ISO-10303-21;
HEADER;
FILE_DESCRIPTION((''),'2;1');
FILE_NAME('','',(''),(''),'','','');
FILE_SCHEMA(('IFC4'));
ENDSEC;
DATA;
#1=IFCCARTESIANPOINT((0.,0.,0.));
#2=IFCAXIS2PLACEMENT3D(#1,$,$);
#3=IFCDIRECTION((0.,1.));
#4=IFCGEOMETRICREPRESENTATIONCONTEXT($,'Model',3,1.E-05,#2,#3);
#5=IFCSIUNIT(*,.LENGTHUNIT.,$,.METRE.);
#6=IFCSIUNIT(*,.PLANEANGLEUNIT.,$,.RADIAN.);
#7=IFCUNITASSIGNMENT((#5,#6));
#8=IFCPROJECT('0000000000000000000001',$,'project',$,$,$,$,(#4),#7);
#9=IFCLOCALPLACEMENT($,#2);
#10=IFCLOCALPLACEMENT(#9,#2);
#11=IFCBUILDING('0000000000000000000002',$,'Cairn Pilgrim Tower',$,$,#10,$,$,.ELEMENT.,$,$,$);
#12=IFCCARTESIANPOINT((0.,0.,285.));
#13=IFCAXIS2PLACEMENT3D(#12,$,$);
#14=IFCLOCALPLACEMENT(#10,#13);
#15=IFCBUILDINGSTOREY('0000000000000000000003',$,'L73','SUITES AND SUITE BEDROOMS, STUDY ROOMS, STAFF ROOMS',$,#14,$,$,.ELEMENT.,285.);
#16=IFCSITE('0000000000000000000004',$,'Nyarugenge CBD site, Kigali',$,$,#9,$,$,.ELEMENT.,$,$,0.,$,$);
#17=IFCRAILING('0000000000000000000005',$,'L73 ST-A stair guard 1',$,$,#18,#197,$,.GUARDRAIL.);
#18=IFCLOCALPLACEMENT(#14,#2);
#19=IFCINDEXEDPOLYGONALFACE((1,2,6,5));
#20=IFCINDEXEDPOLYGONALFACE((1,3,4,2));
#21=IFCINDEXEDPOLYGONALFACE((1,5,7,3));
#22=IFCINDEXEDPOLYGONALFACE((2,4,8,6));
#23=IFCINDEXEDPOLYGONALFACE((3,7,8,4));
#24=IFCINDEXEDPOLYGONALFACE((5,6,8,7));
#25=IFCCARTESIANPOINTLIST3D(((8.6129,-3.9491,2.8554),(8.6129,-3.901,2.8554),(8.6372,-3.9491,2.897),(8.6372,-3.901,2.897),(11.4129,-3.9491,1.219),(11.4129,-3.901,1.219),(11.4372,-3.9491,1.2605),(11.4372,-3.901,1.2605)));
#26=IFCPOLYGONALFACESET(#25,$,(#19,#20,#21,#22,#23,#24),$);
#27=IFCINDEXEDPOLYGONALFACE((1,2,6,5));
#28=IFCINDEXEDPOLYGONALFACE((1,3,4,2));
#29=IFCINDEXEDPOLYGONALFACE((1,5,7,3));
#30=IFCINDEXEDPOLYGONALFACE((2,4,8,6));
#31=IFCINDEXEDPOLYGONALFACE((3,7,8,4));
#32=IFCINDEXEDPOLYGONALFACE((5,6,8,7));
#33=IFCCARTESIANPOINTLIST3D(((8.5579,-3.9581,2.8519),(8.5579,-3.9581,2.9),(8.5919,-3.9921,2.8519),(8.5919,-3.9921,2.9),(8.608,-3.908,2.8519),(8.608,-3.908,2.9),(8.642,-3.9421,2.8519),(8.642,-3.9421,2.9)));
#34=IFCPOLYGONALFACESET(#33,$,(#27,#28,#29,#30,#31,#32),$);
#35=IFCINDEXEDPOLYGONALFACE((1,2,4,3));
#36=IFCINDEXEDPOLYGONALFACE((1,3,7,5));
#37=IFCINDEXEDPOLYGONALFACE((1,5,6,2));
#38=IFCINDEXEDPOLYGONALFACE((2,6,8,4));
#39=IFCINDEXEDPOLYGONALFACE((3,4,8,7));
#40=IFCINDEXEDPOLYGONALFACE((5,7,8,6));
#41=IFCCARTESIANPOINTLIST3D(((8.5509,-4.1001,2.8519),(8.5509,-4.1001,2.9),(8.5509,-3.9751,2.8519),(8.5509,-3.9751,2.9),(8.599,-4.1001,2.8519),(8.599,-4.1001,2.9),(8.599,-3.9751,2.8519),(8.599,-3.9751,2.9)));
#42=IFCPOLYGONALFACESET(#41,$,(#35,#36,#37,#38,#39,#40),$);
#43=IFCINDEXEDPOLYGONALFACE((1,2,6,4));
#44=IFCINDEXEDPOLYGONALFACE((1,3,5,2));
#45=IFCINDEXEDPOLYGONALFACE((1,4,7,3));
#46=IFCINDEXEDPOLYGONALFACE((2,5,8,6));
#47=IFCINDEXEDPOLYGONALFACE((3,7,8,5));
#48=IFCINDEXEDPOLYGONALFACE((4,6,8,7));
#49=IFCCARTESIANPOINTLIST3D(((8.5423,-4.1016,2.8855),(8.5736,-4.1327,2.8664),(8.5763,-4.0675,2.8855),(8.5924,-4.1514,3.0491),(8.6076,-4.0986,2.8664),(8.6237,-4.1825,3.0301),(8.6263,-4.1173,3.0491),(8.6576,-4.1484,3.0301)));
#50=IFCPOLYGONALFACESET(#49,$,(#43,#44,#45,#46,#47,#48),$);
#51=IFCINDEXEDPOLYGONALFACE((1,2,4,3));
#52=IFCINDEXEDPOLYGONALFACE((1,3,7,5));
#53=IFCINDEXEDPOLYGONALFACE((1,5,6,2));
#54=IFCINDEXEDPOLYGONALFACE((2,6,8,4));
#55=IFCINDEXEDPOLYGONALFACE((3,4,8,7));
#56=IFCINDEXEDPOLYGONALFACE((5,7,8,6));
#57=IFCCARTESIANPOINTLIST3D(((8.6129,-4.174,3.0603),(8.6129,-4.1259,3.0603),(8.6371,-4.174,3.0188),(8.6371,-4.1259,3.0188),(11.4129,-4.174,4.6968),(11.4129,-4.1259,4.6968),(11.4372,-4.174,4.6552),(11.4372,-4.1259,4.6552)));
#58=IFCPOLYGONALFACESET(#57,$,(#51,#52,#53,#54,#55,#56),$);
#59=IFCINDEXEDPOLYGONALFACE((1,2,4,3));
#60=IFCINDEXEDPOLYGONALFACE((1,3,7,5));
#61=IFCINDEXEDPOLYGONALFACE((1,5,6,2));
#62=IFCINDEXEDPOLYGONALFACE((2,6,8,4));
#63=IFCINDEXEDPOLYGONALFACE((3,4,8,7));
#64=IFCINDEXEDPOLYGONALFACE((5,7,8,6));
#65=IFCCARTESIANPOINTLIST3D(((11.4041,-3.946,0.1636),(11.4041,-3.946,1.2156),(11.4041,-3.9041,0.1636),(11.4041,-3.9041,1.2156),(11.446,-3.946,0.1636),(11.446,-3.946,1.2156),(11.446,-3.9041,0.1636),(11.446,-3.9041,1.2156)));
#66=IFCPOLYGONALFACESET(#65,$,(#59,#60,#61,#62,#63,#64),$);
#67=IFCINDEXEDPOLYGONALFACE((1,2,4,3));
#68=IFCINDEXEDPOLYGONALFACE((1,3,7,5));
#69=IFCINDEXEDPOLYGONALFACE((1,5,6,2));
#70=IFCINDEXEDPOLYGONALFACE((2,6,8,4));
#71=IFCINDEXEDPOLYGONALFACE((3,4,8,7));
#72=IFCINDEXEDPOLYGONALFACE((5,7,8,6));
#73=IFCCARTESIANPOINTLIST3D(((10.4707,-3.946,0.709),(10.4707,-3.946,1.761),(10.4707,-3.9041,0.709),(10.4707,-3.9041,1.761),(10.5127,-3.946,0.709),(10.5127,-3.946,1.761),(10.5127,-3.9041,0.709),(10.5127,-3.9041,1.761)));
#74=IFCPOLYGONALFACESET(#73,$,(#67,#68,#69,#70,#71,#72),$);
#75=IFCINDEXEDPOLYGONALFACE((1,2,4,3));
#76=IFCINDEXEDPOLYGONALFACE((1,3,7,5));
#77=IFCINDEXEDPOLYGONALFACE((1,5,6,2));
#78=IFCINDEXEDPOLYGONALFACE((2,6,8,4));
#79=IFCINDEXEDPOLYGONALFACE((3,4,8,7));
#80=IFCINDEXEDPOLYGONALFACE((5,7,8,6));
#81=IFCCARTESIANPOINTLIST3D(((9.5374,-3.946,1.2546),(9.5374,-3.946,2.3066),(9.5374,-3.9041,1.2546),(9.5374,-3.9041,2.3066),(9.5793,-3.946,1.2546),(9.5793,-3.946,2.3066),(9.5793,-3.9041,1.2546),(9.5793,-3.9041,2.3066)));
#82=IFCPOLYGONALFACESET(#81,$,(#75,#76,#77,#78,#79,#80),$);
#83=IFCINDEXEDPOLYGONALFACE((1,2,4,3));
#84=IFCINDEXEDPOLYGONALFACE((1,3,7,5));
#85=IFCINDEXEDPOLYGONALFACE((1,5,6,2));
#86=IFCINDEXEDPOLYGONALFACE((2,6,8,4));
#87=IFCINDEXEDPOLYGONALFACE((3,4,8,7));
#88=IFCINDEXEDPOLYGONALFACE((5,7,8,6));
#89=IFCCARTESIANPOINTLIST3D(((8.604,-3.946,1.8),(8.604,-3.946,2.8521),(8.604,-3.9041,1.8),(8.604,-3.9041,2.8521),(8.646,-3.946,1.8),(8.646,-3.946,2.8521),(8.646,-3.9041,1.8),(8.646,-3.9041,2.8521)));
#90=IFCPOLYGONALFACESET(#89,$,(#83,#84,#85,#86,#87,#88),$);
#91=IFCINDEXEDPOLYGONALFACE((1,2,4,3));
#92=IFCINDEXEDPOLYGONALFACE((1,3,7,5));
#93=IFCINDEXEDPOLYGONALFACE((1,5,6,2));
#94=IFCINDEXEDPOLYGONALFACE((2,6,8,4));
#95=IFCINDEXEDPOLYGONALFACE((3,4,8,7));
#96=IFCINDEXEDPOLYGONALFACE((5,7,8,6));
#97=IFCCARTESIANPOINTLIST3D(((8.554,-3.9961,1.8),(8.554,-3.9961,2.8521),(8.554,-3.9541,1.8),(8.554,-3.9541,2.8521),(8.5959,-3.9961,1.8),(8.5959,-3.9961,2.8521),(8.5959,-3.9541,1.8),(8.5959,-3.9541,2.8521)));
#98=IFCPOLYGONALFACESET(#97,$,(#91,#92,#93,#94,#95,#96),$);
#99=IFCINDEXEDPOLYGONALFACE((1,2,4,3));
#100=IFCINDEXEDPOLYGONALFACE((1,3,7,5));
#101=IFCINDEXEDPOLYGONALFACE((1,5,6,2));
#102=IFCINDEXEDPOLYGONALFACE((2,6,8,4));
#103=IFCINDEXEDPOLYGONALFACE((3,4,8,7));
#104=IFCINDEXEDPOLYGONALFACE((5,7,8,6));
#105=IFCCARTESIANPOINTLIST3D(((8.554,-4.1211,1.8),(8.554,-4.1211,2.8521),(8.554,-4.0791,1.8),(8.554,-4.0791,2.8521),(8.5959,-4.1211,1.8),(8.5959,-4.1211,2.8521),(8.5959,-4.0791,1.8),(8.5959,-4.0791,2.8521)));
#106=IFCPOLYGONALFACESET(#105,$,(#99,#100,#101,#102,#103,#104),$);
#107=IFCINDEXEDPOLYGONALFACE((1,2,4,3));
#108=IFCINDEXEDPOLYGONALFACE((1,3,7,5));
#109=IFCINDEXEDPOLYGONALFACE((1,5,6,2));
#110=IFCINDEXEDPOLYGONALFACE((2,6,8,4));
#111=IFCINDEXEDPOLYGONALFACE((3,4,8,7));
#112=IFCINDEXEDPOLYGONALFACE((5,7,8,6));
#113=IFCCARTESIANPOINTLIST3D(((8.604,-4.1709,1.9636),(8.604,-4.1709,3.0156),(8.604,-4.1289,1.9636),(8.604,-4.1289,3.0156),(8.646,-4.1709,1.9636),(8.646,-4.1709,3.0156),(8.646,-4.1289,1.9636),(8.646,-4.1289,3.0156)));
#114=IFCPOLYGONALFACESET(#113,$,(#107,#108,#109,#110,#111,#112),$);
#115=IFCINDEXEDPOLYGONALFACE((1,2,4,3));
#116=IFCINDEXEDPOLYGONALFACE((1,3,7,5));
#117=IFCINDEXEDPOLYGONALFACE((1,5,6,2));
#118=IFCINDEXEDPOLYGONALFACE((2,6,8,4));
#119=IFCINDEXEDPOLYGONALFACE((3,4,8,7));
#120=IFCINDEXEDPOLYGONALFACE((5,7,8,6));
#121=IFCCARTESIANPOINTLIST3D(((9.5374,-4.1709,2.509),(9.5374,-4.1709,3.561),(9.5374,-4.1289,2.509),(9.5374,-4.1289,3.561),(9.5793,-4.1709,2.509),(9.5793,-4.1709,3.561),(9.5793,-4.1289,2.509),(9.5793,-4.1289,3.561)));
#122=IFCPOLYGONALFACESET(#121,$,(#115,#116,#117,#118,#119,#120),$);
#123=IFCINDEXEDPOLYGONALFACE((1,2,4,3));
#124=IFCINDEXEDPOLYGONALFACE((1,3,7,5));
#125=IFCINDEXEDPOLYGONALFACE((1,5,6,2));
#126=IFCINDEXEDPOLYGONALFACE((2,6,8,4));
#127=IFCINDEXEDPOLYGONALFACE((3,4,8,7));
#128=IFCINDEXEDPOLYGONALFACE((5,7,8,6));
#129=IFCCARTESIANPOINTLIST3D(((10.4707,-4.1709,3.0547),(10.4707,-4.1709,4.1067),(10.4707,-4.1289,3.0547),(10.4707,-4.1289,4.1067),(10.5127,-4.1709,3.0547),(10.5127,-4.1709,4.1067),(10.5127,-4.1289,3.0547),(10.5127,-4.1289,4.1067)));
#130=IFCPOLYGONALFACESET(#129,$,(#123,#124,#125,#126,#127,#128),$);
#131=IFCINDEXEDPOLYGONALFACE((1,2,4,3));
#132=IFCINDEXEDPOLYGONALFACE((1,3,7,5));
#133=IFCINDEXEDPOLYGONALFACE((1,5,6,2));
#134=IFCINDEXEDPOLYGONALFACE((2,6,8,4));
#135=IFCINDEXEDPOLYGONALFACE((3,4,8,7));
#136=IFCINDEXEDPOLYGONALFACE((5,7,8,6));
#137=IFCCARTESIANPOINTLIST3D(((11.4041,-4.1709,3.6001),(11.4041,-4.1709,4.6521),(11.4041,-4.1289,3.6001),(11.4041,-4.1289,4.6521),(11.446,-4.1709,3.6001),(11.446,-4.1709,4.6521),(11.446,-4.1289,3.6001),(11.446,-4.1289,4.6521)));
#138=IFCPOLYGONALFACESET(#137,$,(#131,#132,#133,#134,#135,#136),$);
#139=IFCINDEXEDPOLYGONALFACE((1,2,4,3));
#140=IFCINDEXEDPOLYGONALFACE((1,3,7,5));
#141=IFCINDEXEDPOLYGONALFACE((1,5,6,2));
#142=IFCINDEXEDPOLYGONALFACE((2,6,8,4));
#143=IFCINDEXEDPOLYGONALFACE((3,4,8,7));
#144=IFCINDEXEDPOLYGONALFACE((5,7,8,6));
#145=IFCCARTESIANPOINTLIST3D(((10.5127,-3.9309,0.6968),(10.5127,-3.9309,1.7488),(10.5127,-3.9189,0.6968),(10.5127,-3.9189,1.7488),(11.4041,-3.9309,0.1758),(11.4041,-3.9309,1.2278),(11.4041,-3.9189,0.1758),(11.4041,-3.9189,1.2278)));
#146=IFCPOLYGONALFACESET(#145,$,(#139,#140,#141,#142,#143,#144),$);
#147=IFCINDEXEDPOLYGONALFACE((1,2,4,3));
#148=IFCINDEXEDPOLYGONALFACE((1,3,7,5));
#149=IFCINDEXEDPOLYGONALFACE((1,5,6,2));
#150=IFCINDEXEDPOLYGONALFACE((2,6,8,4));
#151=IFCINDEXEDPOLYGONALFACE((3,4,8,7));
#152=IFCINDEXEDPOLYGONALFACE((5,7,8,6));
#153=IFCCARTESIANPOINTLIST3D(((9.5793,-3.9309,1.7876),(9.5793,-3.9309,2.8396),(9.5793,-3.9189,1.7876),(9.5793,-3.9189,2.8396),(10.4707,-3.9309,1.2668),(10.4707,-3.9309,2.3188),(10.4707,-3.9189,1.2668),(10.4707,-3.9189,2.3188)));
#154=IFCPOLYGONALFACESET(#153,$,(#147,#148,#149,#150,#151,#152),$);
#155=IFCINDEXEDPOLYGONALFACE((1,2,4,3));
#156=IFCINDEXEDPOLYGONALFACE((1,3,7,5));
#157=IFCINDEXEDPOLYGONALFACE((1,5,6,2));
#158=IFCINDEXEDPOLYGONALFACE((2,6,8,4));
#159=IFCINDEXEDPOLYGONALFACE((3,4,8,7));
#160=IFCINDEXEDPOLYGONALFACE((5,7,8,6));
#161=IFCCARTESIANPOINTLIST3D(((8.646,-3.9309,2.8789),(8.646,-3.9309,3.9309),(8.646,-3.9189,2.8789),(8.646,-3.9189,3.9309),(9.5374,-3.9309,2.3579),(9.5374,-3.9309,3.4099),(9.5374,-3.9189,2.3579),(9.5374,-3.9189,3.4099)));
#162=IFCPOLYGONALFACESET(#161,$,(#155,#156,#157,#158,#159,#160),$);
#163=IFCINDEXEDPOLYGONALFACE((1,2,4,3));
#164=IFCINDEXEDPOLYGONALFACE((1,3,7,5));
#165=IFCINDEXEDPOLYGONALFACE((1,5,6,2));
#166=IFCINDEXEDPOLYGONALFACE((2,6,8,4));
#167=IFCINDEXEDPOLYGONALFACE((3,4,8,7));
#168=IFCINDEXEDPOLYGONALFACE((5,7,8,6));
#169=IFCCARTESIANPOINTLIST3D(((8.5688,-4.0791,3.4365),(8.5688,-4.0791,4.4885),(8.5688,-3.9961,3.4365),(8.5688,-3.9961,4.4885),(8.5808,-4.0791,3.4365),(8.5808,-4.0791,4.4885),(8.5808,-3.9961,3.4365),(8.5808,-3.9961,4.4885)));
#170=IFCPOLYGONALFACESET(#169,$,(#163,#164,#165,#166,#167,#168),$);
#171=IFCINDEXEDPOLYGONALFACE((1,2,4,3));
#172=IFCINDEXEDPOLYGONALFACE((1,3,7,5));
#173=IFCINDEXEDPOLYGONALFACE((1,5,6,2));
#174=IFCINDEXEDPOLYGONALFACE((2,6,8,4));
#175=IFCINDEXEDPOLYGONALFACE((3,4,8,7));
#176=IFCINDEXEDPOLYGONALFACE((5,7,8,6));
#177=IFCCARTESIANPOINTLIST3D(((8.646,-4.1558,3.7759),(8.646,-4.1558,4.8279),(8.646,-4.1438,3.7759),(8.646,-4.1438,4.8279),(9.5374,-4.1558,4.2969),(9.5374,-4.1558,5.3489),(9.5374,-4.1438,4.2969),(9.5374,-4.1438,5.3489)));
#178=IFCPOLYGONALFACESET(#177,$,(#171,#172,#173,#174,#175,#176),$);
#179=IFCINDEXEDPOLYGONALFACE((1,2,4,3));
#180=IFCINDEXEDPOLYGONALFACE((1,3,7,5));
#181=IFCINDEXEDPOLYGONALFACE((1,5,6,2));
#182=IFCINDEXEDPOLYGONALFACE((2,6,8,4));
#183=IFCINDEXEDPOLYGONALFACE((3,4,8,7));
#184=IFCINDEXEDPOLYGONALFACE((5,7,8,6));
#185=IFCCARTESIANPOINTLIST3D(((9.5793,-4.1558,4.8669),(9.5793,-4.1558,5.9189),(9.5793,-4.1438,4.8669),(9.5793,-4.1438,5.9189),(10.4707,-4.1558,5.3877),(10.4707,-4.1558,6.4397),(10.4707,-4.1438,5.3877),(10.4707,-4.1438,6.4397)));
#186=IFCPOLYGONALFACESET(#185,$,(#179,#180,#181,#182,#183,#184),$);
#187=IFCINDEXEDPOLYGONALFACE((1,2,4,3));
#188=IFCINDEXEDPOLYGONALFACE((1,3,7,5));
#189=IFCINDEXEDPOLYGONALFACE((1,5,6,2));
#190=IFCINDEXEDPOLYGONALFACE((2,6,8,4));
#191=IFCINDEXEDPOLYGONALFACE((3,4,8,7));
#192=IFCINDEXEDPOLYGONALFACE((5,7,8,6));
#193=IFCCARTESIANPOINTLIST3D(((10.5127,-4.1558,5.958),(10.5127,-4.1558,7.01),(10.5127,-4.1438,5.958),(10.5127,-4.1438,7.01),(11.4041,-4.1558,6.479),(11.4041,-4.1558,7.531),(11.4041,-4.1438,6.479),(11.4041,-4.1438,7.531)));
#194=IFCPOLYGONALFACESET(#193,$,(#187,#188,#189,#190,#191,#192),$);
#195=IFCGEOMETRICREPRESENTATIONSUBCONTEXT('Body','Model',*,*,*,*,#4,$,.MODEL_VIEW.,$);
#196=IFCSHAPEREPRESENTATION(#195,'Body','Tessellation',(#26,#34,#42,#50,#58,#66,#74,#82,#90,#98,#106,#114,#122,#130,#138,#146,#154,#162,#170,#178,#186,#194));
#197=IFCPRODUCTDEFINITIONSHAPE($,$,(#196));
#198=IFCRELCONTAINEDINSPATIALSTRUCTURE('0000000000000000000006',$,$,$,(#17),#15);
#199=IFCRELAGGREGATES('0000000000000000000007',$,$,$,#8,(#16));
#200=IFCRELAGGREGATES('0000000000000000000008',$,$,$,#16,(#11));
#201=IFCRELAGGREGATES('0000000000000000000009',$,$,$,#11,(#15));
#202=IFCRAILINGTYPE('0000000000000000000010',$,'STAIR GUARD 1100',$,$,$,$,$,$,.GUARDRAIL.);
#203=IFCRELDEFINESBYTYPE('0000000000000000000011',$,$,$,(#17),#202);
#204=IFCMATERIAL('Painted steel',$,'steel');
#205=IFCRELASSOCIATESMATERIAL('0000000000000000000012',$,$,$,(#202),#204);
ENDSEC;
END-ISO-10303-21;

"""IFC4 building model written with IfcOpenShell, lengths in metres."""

from ifc_helpers import new_model, si_unit, direction, frame, origin, origin_2d, place, context, subcontext, project, spatial, polyline, rectangle, outline, extrude, material, type_object, element, save


model = new_model("IFC4")

# Units and contexts
model_context = context("Model", 3, precision=1e-05, world=origin(), true_north=direction((0.0, 1.0)))
body_context = subcontext(model_context, "Body", "Model", "MODEL_VIEW")
ifc_project = project(units=[si_unit("LENGTHUNIT", "METRE"), si_unit("PLANEANGLEUNIT", "RADIAN")], contexts=[model_context])

# Site, building, storey
site_placement = place(None, origin())
site = spatial("IfcSite", under=ifc_project, at=site_placement, Name="Nyarugenge CBD site, Kigali", CompositionType="ELEMENT", RefElevation=0.0)
building_placement = place(site_placement, origin())
building = spatial("IfcBuilding", under=site, at=building_placement, Name="Cairn Pilgrim Tower", CompositionType="ELEMENT")
storey_placement = place(building_placement, frame((0.0, 0.0, 285.0)))
storey = spatial("IfcBuildingStorey", under=building, at=storey_placement, Name="L73", Description="SUITES AND SUITE BEDROOMS, STUDY ROOMS, STAFF ROOMS", CompositionType="ELEMENT", Elevation=285.0)

# Shared definitions
ifc_material_1 = material(Name="Painted steel", Category="steel")

# Railing
railing_type_1 = type_object("IfcRailingType", Name="STAIR GUARD 1100", PredefinedType="GUARDRAIL", material=ifc_material_1)
railing_1_placement = place(storey_placement, frame((11.425, -3.925, 0.1636)))
element("IfcRailing", 1, at=railing_1_placement, inside=storey, type_object=railing_type_1, Name="L73 ST-A stair guard 1", PredefinedType="GUARDRAIL", context=body_context, shape_type="SweptSolid", body=[
    extrude(rectangle(XDim=0.0481, YDim=0.0481, at=origin_2d()), frame((0.0, 0.0, 1.0762), z_axis=(-0.863361, 0.0, 0.504587), x_axis=(0.0, -1.0, 0.0)), (0.0, 0.0, 1.0), 3.2432),
    extrude(rectangle(XDim=0.0481, YDim=0.0481, at=origin_2d()), frame((-2.8, 0.0, 2.7124), z_axis=(-0.707107, -0.707107, 0.0), x_axis=(0.707107, -0.707107, 0.0)), (0.0, 0.0, 1.0), 0.0708),
    extrude(rectangle(XDim=0.0481, YDim=0.0481, at=origin_2d()), frame((-2.8501, -0.05, 2.7124), z_axis=(0.0, -1.0, 0.0), x_axis=(1.0, 0.0, 0.0)), (0.0, 0.0, 1.0), 0.125),
    extrude(rectangle(XDim=0.0481, YDim=0.0481, at=origin_2d()), frame((-2.8501, -0.175, 2.7124), z_axis=(0.280917, -0.279546, 0.918118), x_axis=(0.705376, 0.708834, 0.0)), (0.0, 0.0, 1.0), 0.1782),
    extrude(rectangle(XDim=0.0481, YDim=0.0481, at=origin_2d()), frame((-2.8, -0.2249, 2.876), z_axis=(0.863361, 0.0, 0.504587), x_axis=(0.0, 1.0, 0.0)), (0.0, 0.0, 1.0), 3.2432),
    extrude(rectangle(XDim=0.042, YDim=0.042, at=origin_2d()), origin(), (0.0, 0.0, 1.0), 1.052),
    extrude(rectangle(XDim=0.042, YDim=0.042, at=origin_2d()), frame((-0.9333, 0.0, 0.5454)), (0.0, 0.0, 1.0), 1.052),
    extrude(rectangle(XDim=0.042, YDim=0.042, at=origin_2d()), frame((-1.8667, 0.0, 1.0911)), (0.0, 0.0, 1.0), 1.052),
    extrude(rectangle(XDim=0.042, YDim=0.042, at=origin_2d()), frame((-2.8, 0.0, 1.6365)), (0.0, 0.0, 1.0), 1.052),
    extrude(rectangle(XDim=0.042, YDim=0.042, at=origin_2d()), frame((-2.8501, -0.05, 1.6365)), (0.0, 0.0, 1.0), 1.052),
    extrude(rectangle(XDim=0.042, YDim=0.042, at=origin_2d()), frame((-2.8501, -0.175, 1.6365)), (0.0, 0.0, 1.0), 1.052),
    extrude(rectangle(XDim=0.042, YDim=0.042, at=origin_2d()), frame((-2.8, -0.2249, 1.8)), (0.0, 0.0, 1.0), 1.052),
    extrude(rectangle(XDim=0.042, YDim=0.042, at=origin_2d()), frame((-1.8667, -0.2249, 2.3455)), (0.0, 0.0, 1.0), 1.052),
    extrude(rectangle(XDim=0.042, YDim=0.042, at=origin_2d()), frame((-0.9333, -0.2249, 2.8911)), (0.0, 0.0, 1.0), 1.052),
    extrude(rectangle(XDim=0.042, YDim=0.042, at=origin_2d()), frame((0.0, -0.2249, 3.4365)), (0.0, 0.0, 1.0), 1.052),
    extrude(outline(polyline([(0.021, 0.0122), (0.9124, 0.5332), (0.9124, 1.5852), (0.021, 1.0642), (0.021, 0.0122)])), frame((0.0, -0.0059, 0.0), z_axis=(0.0, 1.0, 0.0), x_axis=(-1.0, 0.0, 0.0)), (0.0, 0.0, 1.0), 0.012),
    extrude(outline(polyline([(0.021, 0.5579), (0.9124, 1.0786), (0.9124, 2.1306), (0.021, 1.6099), (0.021, 0.5579)])), frame((-0.9333, -0.0059, 0.5454), z_axis=(0.0, 1.0, 0.0), x_axis=(-1.0, 0.0, 0.0)), (0.0, 0.0, 1.0), 0.012),
    extrude(outline(polyline([(0.021, 1.1033), (0.9124, 1.6243), (0.9124, 2.6763), (0.021, 2.1553), (0.021, 1.1033)])), frame((-1.8667, -0.0059, 1.0911), z_axis=(0.0, 1.0, 0.0), x_axis=(-1.0, 0.0, 0.0)), (0.0, 0.0, 1.0), 0.012),
    extrude(outline(polyline([(0.021, 1.6365), (0.104, 1.6365), (0.104, 2.6885), (0.021, 2.6885), (0.021, 1.6365)])), frame((-2.8442, -0.05, 1.6365), z_axis=(-1.0, 0.0, 0.0), x_axis=(0.0, -1.0, 0.0)), (0.0, 0.0, 1.0), 0.012),
    extrude(outline(polyline([(0.021, 1.8123), (0.9124, 2.3333), (0.9124, 3.3853), (0.021, 2.8643), (0.021, 1.8123)])), frame((-2.8, -0.2188, 1.8), z_axis=(0.0, -1.0, 0.0), x_axis=(1.0, 0.0, 0.0)), (0.0, 0.0, 1.0), 0.012),
    extrude(outline(polyline([(0.021, 2.3579), (0.9124, 2.8787), (0.9124, 3.9307), (0.021, 3.4099), (0.021, 2.3579)])), frame((-1.8667, -0.2188, 2.3455), z_axis=(0.0, -1.0, 0.0), x_axis=(1.0, 0.0, 0.0)), (0.0, 0.0, 1.0), 0.012),
    extrude(outline(polyline([(0.021, 2.9033), (0.9124, 3.4243), (0.9124, 4.4763), (0.021, 3.9553), (0.021, 2.9033)])), frame((-0.9333, -0.2188, 2.8911), z_axis=(0.0, -1.0, 0.0), x_axis=(1.0, 0.0, 0.0)), (0.0, 0.0, 1.0), 0.012),
])

save(model, "model.ifc")
